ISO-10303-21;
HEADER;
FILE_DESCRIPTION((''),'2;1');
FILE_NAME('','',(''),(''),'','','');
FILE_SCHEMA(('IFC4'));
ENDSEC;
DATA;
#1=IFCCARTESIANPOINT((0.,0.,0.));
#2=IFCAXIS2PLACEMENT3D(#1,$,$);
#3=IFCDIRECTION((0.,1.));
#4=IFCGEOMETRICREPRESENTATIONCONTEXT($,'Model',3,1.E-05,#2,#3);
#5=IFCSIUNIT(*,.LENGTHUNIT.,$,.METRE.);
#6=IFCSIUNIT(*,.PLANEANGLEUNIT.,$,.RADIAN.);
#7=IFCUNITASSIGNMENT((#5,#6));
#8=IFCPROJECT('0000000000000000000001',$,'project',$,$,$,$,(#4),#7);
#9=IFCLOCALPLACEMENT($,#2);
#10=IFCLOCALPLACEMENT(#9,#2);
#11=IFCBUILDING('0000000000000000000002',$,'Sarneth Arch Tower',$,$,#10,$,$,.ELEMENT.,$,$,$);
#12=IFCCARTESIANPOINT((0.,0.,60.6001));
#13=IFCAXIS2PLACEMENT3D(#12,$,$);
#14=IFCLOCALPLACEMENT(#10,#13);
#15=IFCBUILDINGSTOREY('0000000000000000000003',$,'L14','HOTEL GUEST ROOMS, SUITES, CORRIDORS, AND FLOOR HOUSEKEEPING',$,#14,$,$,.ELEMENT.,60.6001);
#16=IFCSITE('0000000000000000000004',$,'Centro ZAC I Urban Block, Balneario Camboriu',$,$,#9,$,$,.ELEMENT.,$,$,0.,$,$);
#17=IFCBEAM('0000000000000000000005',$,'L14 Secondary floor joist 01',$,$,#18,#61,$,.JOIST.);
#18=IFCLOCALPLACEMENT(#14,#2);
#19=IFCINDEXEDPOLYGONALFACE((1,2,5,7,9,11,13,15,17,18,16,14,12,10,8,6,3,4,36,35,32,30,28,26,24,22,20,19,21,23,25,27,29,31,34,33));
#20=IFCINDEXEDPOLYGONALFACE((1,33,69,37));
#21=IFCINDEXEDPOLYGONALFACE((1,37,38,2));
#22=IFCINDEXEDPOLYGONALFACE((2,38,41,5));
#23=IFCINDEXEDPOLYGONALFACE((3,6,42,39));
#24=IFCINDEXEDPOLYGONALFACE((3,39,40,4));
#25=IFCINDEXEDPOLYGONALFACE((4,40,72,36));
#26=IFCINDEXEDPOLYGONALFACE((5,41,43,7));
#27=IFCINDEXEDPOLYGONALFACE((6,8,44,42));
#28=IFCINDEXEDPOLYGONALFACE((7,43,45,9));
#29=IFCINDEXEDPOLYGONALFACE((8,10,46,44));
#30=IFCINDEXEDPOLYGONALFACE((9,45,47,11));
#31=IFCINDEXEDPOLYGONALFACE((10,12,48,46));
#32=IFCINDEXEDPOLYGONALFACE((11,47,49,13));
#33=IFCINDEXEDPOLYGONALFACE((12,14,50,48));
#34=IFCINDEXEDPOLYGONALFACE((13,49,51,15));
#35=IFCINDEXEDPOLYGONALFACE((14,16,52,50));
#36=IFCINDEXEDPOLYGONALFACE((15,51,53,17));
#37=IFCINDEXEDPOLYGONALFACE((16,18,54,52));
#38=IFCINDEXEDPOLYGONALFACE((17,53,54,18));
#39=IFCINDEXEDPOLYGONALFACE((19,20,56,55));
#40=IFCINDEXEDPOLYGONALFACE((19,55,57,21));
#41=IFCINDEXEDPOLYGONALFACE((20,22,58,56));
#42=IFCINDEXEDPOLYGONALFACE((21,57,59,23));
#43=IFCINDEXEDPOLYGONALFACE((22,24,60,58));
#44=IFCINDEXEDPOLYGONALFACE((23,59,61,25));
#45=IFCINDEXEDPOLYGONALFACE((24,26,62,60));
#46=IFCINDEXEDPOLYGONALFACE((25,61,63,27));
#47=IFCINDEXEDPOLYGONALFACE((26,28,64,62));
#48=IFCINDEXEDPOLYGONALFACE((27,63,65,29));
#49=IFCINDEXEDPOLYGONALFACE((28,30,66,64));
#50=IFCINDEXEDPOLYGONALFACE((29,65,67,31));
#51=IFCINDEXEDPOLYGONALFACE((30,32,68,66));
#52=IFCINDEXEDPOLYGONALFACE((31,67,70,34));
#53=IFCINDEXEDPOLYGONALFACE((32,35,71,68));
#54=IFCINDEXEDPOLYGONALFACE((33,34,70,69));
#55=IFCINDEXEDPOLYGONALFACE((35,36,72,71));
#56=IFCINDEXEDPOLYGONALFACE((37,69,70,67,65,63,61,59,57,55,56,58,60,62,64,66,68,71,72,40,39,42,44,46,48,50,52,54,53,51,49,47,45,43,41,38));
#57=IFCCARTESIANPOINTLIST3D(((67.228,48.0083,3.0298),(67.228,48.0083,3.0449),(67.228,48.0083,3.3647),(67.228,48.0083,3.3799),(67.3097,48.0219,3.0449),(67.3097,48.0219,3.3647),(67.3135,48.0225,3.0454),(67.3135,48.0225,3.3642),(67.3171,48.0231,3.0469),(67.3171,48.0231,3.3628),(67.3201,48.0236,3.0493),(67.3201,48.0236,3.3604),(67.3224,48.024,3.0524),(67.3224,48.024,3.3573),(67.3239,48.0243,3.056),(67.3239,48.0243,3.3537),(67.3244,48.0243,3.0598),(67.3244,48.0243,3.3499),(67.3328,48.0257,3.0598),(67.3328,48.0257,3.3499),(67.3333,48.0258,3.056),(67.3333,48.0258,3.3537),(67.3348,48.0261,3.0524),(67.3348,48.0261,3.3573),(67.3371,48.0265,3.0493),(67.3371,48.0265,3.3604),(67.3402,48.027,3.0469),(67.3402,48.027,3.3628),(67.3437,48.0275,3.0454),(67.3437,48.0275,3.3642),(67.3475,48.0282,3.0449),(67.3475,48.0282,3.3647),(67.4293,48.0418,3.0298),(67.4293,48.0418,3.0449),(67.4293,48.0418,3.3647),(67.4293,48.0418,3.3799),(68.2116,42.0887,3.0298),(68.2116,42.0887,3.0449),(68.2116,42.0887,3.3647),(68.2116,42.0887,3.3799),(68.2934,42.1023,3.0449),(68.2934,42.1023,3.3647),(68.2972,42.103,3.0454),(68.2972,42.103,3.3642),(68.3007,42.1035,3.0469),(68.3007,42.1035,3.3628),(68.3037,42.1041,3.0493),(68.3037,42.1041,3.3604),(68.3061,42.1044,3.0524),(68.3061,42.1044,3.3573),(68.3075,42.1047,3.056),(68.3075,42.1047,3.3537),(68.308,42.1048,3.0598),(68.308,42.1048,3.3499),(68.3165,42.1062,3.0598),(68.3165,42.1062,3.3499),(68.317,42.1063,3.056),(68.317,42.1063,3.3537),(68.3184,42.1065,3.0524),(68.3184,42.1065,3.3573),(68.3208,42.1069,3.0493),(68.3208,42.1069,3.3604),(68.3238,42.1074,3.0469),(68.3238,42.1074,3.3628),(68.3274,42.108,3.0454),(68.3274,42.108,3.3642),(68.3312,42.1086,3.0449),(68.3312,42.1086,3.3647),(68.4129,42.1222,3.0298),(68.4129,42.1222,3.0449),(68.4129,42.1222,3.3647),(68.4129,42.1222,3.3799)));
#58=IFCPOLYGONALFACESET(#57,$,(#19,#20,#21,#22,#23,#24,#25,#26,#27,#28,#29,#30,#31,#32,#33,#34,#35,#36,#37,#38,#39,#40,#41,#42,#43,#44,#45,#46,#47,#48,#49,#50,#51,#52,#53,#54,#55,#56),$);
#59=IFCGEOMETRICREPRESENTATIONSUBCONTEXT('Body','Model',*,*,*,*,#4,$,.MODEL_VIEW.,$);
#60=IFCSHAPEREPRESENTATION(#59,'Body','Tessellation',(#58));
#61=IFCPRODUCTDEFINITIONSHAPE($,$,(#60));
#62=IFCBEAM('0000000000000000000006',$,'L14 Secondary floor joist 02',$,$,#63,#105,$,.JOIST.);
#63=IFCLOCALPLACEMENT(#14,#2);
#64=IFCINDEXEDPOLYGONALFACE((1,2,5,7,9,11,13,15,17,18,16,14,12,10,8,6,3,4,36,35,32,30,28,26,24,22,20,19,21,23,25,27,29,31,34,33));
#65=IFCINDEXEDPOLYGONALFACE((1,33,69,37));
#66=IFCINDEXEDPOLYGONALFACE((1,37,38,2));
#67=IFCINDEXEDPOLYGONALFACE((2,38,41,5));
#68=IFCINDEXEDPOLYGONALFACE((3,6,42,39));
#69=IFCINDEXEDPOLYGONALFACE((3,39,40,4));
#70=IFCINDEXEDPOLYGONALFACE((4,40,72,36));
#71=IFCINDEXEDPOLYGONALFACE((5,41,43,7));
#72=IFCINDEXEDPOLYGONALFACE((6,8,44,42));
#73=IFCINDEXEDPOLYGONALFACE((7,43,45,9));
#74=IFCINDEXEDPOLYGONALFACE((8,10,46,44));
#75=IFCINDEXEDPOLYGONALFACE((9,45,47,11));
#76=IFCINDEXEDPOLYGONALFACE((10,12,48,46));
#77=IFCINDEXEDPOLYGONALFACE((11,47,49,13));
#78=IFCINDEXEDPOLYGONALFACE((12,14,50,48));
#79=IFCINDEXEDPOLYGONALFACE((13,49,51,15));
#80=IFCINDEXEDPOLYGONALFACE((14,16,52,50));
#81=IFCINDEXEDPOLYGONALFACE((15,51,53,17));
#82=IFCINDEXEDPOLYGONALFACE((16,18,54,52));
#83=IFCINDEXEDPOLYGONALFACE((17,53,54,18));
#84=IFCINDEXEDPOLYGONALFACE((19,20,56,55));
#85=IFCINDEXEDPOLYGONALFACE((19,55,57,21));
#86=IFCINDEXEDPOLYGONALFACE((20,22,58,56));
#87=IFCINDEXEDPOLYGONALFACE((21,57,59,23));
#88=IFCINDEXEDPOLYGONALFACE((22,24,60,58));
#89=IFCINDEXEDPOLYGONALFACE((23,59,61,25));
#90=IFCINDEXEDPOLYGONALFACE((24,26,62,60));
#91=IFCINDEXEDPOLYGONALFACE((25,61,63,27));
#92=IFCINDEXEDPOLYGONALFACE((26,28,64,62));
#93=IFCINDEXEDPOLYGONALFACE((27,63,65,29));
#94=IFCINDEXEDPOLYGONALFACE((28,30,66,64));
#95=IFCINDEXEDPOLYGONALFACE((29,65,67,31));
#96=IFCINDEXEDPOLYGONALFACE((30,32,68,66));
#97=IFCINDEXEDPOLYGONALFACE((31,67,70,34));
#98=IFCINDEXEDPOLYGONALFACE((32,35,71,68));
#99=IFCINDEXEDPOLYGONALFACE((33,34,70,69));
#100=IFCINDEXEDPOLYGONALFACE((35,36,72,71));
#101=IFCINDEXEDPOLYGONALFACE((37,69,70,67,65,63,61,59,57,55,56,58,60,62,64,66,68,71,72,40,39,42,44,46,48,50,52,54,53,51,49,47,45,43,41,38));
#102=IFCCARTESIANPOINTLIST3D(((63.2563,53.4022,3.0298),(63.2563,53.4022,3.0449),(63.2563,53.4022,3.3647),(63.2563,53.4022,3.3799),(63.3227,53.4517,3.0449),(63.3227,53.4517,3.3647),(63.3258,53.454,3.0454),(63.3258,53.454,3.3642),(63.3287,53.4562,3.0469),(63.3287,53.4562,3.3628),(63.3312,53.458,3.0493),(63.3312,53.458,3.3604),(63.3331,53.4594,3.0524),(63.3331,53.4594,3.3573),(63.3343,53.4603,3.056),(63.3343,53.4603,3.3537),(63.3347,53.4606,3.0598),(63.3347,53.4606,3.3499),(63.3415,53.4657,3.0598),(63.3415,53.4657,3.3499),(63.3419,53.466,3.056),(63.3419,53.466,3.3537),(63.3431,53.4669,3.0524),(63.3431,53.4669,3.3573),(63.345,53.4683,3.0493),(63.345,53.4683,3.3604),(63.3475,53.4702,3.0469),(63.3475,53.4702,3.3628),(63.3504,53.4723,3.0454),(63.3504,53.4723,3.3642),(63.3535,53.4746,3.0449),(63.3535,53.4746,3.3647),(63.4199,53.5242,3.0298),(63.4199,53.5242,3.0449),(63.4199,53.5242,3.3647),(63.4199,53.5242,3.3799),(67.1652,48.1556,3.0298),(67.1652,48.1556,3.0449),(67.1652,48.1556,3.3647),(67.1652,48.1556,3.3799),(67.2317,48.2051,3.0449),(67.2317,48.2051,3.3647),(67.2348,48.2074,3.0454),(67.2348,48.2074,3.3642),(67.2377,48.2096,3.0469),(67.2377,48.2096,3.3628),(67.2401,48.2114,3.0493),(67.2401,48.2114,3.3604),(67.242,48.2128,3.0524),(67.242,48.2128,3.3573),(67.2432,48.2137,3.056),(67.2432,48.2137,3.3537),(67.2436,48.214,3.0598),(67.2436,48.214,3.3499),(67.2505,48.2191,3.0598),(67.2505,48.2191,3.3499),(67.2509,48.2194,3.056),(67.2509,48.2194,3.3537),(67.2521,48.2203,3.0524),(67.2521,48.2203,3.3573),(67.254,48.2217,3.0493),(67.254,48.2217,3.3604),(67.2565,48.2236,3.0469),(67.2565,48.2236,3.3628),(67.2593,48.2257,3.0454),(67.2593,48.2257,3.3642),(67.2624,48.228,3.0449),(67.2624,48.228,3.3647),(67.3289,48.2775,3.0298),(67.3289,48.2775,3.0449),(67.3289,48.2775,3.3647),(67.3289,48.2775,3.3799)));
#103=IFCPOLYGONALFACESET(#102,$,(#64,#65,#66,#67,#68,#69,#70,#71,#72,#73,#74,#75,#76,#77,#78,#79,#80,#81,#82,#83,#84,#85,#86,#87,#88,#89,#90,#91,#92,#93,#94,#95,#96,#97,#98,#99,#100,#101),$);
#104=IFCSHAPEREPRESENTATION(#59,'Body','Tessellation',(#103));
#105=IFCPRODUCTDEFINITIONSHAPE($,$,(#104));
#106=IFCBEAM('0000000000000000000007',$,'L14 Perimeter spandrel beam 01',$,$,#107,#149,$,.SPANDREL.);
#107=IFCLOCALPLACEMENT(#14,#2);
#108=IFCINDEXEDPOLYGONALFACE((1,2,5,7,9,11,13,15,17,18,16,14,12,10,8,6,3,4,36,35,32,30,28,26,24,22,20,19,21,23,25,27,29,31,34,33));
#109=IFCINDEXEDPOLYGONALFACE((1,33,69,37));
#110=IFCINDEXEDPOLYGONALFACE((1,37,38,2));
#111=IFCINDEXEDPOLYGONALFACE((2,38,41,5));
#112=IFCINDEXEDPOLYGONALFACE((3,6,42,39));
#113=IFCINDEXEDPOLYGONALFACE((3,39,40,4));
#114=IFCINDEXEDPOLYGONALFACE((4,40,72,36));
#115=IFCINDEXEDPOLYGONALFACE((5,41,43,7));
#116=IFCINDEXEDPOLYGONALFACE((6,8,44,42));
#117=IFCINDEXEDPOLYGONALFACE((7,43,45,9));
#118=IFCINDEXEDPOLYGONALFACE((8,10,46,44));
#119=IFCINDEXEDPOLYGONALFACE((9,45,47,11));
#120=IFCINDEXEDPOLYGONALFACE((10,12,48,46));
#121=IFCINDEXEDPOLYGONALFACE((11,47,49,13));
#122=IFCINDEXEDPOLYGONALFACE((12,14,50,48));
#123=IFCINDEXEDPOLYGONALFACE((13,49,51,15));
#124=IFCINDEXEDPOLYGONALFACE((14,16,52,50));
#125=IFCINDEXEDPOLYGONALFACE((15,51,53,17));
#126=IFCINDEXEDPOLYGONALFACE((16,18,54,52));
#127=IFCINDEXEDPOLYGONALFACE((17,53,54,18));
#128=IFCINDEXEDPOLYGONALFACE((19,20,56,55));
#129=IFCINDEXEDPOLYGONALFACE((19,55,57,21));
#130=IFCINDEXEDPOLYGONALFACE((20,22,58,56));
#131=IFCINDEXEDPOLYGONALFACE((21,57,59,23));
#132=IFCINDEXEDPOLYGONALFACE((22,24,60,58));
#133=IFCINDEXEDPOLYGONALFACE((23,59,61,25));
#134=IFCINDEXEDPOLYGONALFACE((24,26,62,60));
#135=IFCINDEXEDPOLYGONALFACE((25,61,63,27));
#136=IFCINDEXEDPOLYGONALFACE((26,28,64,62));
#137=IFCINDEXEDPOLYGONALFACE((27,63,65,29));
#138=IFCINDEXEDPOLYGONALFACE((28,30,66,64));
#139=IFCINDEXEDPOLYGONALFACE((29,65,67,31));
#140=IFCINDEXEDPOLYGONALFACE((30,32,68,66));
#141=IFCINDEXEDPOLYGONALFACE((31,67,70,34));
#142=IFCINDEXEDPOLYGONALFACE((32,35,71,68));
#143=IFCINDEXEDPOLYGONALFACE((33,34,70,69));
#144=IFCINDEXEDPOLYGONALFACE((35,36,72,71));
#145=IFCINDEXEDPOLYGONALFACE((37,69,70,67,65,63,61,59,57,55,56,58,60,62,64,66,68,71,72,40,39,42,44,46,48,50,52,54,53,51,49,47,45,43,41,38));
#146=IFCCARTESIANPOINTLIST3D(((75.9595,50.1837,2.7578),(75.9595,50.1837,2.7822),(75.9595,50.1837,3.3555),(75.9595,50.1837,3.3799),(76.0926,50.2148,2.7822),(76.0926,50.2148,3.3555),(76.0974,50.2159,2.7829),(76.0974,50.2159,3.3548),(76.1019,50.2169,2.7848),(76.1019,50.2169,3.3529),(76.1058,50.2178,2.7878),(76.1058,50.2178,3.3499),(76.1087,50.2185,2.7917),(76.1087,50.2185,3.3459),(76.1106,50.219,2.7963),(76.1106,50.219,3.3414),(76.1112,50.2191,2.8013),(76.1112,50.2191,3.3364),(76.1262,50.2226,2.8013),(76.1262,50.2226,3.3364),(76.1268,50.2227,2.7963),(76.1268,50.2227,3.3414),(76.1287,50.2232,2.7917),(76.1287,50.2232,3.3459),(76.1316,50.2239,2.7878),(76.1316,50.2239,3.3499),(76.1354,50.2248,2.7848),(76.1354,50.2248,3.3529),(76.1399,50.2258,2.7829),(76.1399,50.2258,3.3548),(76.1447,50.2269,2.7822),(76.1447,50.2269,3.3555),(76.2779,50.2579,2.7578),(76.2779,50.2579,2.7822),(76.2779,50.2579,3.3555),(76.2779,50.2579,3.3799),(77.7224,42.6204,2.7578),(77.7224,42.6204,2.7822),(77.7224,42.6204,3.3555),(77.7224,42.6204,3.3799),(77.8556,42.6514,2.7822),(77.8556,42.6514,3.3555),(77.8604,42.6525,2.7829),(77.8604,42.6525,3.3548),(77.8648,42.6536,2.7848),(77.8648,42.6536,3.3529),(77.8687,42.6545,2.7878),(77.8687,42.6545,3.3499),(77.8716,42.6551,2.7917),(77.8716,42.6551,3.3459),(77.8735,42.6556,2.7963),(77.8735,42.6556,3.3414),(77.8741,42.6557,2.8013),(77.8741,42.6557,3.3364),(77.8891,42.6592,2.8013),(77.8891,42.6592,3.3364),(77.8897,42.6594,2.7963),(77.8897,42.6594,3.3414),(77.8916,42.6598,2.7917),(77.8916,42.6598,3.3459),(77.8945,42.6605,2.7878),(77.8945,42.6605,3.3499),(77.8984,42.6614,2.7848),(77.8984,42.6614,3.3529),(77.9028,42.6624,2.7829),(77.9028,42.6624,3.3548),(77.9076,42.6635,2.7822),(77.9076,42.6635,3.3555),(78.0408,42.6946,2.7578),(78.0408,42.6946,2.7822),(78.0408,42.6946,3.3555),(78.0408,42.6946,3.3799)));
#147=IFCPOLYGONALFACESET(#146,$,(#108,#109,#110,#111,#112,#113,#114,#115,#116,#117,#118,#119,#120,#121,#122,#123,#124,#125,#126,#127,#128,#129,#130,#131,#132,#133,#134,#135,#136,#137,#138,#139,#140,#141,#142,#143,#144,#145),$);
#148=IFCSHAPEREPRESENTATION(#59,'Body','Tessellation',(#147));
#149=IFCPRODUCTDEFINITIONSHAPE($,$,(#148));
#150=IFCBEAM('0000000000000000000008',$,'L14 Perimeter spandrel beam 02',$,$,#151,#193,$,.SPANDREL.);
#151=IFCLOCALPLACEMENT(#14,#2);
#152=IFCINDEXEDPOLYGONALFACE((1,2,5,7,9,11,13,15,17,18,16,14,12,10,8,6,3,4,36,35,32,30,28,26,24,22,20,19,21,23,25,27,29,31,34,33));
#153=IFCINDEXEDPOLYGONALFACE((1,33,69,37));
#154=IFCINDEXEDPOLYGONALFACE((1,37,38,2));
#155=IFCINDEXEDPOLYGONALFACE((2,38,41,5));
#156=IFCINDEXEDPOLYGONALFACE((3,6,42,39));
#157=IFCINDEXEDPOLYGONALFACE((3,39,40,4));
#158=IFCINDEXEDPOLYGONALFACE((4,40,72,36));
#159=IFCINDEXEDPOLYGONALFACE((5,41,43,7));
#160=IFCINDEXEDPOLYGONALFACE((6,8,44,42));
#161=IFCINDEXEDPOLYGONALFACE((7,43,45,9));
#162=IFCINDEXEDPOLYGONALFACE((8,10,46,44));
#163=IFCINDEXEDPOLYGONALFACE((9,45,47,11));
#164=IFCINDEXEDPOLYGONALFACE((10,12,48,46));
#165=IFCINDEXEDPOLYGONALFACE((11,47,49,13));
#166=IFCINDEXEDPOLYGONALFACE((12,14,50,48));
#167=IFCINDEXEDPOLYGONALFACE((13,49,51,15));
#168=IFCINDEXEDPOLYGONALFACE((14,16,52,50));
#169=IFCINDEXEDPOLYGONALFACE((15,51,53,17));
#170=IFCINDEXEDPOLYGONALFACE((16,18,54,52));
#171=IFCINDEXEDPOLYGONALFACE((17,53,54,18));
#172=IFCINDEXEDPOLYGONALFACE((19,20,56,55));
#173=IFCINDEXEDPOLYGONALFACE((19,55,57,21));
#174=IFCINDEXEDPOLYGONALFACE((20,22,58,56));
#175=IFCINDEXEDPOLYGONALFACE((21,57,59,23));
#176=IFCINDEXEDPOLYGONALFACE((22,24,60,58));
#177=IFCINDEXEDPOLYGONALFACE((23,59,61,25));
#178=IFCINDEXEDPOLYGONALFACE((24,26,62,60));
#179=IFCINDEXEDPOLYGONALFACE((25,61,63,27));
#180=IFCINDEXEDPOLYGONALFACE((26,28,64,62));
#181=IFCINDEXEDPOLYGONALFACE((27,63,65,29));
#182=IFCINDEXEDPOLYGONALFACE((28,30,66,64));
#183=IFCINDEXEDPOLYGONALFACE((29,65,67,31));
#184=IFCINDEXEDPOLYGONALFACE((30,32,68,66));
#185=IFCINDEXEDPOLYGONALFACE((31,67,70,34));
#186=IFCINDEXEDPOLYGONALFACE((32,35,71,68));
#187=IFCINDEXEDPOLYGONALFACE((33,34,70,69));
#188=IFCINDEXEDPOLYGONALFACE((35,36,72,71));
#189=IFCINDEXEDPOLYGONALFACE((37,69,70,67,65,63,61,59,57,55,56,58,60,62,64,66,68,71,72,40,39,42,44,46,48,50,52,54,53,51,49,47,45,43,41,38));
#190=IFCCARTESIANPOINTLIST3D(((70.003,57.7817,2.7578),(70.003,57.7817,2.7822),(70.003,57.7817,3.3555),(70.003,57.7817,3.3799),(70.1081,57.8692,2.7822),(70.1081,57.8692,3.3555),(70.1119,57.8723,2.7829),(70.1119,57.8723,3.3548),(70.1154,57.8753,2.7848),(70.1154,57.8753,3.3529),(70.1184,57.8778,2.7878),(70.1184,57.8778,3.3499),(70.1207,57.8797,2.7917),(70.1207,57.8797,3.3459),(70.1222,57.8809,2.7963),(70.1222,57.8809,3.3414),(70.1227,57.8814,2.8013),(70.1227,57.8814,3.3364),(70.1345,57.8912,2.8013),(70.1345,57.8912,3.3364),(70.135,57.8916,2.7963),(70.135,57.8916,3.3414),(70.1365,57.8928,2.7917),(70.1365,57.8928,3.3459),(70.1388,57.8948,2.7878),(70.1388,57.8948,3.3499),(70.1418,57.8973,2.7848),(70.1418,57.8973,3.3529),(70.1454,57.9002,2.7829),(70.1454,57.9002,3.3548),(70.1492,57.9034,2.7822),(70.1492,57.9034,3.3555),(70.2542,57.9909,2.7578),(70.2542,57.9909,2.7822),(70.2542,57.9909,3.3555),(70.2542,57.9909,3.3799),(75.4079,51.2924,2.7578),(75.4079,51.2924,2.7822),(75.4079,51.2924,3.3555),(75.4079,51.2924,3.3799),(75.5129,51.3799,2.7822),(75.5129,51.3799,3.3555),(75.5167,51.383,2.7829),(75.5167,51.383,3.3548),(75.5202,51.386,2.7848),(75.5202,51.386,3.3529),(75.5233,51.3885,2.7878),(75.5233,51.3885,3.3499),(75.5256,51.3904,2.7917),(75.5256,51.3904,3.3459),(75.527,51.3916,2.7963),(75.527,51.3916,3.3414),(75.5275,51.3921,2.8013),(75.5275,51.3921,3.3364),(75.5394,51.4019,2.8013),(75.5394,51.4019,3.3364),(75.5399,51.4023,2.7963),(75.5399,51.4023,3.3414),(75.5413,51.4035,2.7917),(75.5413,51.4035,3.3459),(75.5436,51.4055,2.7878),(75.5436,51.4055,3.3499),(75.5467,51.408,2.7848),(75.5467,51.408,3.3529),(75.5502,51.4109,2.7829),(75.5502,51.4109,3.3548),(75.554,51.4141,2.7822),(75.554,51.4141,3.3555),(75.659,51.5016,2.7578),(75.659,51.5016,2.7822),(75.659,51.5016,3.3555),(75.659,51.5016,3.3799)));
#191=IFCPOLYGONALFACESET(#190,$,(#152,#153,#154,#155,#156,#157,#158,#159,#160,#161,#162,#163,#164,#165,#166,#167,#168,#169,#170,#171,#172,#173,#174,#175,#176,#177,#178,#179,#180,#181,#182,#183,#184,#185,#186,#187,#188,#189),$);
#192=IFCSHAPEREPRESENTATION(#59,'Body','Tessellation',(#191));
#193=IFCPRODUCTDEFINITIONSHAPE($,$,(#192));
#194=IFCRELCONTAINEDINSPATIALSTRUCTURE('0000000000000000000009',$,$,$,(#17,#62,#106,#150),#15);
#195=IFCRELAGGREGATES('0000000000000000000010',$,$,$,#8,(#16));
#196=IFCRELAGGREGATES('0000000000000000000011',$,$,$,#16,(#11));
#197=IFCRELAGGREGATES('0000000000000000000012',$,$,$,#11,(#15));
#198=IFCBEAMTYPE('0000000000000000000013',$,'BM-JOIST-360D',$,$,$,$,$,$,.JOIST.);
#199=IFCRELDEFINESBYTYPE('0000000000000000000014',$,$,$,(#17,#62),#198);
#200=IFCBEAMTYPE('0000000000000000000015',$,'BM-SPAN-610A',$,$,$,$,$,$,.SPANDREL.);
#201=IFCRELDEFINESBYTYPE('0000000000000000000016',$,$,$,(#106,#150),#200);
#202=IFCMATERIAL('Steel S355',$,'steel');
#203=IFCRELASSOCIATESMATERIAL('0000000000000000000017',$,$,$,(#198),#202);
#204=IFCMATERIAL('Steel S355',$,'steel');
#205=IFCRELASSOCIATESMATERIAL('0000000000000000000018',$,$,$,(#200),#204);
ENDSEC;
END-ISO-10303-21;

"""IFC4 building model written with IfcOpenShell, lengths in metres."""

from ifc_helpers import new_model, si_unit, direction, frame, origin, origin_2d, place, context, subcontext, project, spatial, i_section, extrude, material, material_profile, profile_set, type_object, element, save


model = new_model("IFC4")

# Units and contexts
model_context = context("Model", 3, precision=1e-05, world=origin(), true_north=direction((0.0, 1.0)))
body_context = subcontext(model_context, "Body", "Model", "MODEL_VIEW")
ifc_project = project(units=[si_unit("LENGTHUNIT", "METRE"), si_unit("PLANEANGLEUNIT", "RADIAN")], contexts=[model_context])

# Site, building, storey
site_placement = place(None, origin())
site = spatial("IfcSite", under=ifc_project, at=site_placement, Name="Centro ZAC I Urban Block, Balneario Camboriu", CompositionType="ELEMENT", RefElevation=0.0)
building_placement = place(site_placement, origin())
building = spatial("IfcBuilding", under=site, at=building_placement, Name="Sarneth Arch Tower", CompositionType="ELEMENT")
storey_placement = place(building_placement, frame((0.0, 0.0, 60.6001)))
storey = spatial("IfcBuildingStorey", under=building, at=storey_placement, Name="L14", Description="HOTEL GUEST ROOMS, SUITES, CORRIDORS, AND FLOOR HOUSEKEEPING", CompositionType="ELEMENT", Elevation=60.6001)

# Beams
ifc_material_1 = material(Name="Steel S355", Category="steel")
ifc_material_profile_1 = material_profile(ifc_material_1, i_section(OverallWidth=0.2041, OverallDepth=0.3501, WebThickness=0.0085, FlangeThickness=0.0151, FilletRadius=0.0149, at=origin_2d()), Name="W360x72")
ifc_profile_set_1 = profile_set([ifc_material_profile_1], Name="Steel S355")
beam_type_1 = type_object("IfcBeamType", Name="BM-JOIST-360D", PredefinedType="JOIST", material=ifc_profile_set_1)
beam_1_placement = place(storey_placement, frame((68.3123, 42.1055, 3.2048), z_axis=(-0.163917, 0.986474, 0.0), x_axis=(-0.986474, -0.163917, 0.0)))
element("IfcBeam", 1, at=beam_1_placement, inside=storey, type_object=beam_type_1, Name="L14 Secondary floor joist 01", PredefinedType="JOIST", context=body_context, shape_type="SweptSolid", body=[
    extrude(i_section(OverallWidth=0.2041, OverallDepth=0.3501, WebThickness=0.0085, FlangeThickness=0.0151, FilletRadius=0.0149, at=origin_2d()), origin(), (0.0, 0.0, 1.0), 6.0007),
])
beam_2_placement = place(storey_placement, frame((67.2471, 48.2166, 3.2048), z_axis=(-0.597454, 0.801904, 0.0), x_axis=(-0.801904, -0.597454, 0.0)))
element("IfcBeam", 2, at=beam_2_placement, inside=storey, type_object=beam_type_1, Name="L14 Secondary floor joist 02", PredefinedType="JOIST", context=body_context, shape_type="SweptSolid", body=[
    extrude(i_section(OverallWidth=0.2041, OverallDepth=0.3501, WebThickness=0.0085, FlangeThickness=0.0151, FilletRadius=0.0149, at=origin_2d()), origin(), (0.0, 0.0, 1.0), 6.5427),
])
ifc_material_2 = material(Name="Steel S355", Category="steel")
ifc_material_profile_2 = material_profile(ifc_material_2, i_section(OverallWidth=0.3269, OverallDepth=0.6221, WebThickness=0.0154, FlangeThickness=0.0244, FilletRadius=0.019, at=origin_2d()), Name="W610x195")
ifc_profile_set_2 = profile_set([ifc_material_profile_2], Name="Steel S355")
beam_type_2 = type_object("IfcBeamType", Name="BM-SPAN-610A", PredefinedType="SPANDREL", material=ifc_profile_set_2)
beam_3_placement = place(storey_placement, frame((77.8816, 42.6575, 3.0688), z_axis=(-0.227001, 0.973895, 0.0), x_axis=(-0.973895, -0.227001, 0.0)))
element("IfcBeam", 3, at=beam_3_placement, inside=storey, type_object=beam_type_2, Name="L14 Perimeter spandrel beam 01", PredefinedType="SPANDREL", context=body_context, shape_type="SweptSolid", body=[
    extrude(i_section(OverallWidth=0.3269, OverallDepth=0.6221, WebThickness=0.0154, FlangeThickness=0.0244, FilletRadius=0.019, at=origin_2d()), origin(), (0.0, 0.0, 1.0), 7.7661),
])
beam_4_placement = place(storey_placement, frame((75.5334, 51.397, 3.0688), z_axis=(-0.63998, 0.768392, 0.0), x_axis=(-0.768392, -0.63998, 0.0)))
element("IfcBeam", 4, at=beam_4_placement, inside=storey, type_object=beam_type_2, Name="L14 Perimeter spandrel beam 02", PredefinedType="SPANDREL", context=body_context, shape_type="SweptSolid", body=[
    extrude(i_section(OverallWidth=0.3269, OverallDepth=0.6221, WebThickness=0.0154, FlangeThickness=0.0244, FilletRadius=0.019, at=origin_2d()), origin(), (0.0, 0.0, 1.0), 8.4453),
])

save(model, "model.ifc")
